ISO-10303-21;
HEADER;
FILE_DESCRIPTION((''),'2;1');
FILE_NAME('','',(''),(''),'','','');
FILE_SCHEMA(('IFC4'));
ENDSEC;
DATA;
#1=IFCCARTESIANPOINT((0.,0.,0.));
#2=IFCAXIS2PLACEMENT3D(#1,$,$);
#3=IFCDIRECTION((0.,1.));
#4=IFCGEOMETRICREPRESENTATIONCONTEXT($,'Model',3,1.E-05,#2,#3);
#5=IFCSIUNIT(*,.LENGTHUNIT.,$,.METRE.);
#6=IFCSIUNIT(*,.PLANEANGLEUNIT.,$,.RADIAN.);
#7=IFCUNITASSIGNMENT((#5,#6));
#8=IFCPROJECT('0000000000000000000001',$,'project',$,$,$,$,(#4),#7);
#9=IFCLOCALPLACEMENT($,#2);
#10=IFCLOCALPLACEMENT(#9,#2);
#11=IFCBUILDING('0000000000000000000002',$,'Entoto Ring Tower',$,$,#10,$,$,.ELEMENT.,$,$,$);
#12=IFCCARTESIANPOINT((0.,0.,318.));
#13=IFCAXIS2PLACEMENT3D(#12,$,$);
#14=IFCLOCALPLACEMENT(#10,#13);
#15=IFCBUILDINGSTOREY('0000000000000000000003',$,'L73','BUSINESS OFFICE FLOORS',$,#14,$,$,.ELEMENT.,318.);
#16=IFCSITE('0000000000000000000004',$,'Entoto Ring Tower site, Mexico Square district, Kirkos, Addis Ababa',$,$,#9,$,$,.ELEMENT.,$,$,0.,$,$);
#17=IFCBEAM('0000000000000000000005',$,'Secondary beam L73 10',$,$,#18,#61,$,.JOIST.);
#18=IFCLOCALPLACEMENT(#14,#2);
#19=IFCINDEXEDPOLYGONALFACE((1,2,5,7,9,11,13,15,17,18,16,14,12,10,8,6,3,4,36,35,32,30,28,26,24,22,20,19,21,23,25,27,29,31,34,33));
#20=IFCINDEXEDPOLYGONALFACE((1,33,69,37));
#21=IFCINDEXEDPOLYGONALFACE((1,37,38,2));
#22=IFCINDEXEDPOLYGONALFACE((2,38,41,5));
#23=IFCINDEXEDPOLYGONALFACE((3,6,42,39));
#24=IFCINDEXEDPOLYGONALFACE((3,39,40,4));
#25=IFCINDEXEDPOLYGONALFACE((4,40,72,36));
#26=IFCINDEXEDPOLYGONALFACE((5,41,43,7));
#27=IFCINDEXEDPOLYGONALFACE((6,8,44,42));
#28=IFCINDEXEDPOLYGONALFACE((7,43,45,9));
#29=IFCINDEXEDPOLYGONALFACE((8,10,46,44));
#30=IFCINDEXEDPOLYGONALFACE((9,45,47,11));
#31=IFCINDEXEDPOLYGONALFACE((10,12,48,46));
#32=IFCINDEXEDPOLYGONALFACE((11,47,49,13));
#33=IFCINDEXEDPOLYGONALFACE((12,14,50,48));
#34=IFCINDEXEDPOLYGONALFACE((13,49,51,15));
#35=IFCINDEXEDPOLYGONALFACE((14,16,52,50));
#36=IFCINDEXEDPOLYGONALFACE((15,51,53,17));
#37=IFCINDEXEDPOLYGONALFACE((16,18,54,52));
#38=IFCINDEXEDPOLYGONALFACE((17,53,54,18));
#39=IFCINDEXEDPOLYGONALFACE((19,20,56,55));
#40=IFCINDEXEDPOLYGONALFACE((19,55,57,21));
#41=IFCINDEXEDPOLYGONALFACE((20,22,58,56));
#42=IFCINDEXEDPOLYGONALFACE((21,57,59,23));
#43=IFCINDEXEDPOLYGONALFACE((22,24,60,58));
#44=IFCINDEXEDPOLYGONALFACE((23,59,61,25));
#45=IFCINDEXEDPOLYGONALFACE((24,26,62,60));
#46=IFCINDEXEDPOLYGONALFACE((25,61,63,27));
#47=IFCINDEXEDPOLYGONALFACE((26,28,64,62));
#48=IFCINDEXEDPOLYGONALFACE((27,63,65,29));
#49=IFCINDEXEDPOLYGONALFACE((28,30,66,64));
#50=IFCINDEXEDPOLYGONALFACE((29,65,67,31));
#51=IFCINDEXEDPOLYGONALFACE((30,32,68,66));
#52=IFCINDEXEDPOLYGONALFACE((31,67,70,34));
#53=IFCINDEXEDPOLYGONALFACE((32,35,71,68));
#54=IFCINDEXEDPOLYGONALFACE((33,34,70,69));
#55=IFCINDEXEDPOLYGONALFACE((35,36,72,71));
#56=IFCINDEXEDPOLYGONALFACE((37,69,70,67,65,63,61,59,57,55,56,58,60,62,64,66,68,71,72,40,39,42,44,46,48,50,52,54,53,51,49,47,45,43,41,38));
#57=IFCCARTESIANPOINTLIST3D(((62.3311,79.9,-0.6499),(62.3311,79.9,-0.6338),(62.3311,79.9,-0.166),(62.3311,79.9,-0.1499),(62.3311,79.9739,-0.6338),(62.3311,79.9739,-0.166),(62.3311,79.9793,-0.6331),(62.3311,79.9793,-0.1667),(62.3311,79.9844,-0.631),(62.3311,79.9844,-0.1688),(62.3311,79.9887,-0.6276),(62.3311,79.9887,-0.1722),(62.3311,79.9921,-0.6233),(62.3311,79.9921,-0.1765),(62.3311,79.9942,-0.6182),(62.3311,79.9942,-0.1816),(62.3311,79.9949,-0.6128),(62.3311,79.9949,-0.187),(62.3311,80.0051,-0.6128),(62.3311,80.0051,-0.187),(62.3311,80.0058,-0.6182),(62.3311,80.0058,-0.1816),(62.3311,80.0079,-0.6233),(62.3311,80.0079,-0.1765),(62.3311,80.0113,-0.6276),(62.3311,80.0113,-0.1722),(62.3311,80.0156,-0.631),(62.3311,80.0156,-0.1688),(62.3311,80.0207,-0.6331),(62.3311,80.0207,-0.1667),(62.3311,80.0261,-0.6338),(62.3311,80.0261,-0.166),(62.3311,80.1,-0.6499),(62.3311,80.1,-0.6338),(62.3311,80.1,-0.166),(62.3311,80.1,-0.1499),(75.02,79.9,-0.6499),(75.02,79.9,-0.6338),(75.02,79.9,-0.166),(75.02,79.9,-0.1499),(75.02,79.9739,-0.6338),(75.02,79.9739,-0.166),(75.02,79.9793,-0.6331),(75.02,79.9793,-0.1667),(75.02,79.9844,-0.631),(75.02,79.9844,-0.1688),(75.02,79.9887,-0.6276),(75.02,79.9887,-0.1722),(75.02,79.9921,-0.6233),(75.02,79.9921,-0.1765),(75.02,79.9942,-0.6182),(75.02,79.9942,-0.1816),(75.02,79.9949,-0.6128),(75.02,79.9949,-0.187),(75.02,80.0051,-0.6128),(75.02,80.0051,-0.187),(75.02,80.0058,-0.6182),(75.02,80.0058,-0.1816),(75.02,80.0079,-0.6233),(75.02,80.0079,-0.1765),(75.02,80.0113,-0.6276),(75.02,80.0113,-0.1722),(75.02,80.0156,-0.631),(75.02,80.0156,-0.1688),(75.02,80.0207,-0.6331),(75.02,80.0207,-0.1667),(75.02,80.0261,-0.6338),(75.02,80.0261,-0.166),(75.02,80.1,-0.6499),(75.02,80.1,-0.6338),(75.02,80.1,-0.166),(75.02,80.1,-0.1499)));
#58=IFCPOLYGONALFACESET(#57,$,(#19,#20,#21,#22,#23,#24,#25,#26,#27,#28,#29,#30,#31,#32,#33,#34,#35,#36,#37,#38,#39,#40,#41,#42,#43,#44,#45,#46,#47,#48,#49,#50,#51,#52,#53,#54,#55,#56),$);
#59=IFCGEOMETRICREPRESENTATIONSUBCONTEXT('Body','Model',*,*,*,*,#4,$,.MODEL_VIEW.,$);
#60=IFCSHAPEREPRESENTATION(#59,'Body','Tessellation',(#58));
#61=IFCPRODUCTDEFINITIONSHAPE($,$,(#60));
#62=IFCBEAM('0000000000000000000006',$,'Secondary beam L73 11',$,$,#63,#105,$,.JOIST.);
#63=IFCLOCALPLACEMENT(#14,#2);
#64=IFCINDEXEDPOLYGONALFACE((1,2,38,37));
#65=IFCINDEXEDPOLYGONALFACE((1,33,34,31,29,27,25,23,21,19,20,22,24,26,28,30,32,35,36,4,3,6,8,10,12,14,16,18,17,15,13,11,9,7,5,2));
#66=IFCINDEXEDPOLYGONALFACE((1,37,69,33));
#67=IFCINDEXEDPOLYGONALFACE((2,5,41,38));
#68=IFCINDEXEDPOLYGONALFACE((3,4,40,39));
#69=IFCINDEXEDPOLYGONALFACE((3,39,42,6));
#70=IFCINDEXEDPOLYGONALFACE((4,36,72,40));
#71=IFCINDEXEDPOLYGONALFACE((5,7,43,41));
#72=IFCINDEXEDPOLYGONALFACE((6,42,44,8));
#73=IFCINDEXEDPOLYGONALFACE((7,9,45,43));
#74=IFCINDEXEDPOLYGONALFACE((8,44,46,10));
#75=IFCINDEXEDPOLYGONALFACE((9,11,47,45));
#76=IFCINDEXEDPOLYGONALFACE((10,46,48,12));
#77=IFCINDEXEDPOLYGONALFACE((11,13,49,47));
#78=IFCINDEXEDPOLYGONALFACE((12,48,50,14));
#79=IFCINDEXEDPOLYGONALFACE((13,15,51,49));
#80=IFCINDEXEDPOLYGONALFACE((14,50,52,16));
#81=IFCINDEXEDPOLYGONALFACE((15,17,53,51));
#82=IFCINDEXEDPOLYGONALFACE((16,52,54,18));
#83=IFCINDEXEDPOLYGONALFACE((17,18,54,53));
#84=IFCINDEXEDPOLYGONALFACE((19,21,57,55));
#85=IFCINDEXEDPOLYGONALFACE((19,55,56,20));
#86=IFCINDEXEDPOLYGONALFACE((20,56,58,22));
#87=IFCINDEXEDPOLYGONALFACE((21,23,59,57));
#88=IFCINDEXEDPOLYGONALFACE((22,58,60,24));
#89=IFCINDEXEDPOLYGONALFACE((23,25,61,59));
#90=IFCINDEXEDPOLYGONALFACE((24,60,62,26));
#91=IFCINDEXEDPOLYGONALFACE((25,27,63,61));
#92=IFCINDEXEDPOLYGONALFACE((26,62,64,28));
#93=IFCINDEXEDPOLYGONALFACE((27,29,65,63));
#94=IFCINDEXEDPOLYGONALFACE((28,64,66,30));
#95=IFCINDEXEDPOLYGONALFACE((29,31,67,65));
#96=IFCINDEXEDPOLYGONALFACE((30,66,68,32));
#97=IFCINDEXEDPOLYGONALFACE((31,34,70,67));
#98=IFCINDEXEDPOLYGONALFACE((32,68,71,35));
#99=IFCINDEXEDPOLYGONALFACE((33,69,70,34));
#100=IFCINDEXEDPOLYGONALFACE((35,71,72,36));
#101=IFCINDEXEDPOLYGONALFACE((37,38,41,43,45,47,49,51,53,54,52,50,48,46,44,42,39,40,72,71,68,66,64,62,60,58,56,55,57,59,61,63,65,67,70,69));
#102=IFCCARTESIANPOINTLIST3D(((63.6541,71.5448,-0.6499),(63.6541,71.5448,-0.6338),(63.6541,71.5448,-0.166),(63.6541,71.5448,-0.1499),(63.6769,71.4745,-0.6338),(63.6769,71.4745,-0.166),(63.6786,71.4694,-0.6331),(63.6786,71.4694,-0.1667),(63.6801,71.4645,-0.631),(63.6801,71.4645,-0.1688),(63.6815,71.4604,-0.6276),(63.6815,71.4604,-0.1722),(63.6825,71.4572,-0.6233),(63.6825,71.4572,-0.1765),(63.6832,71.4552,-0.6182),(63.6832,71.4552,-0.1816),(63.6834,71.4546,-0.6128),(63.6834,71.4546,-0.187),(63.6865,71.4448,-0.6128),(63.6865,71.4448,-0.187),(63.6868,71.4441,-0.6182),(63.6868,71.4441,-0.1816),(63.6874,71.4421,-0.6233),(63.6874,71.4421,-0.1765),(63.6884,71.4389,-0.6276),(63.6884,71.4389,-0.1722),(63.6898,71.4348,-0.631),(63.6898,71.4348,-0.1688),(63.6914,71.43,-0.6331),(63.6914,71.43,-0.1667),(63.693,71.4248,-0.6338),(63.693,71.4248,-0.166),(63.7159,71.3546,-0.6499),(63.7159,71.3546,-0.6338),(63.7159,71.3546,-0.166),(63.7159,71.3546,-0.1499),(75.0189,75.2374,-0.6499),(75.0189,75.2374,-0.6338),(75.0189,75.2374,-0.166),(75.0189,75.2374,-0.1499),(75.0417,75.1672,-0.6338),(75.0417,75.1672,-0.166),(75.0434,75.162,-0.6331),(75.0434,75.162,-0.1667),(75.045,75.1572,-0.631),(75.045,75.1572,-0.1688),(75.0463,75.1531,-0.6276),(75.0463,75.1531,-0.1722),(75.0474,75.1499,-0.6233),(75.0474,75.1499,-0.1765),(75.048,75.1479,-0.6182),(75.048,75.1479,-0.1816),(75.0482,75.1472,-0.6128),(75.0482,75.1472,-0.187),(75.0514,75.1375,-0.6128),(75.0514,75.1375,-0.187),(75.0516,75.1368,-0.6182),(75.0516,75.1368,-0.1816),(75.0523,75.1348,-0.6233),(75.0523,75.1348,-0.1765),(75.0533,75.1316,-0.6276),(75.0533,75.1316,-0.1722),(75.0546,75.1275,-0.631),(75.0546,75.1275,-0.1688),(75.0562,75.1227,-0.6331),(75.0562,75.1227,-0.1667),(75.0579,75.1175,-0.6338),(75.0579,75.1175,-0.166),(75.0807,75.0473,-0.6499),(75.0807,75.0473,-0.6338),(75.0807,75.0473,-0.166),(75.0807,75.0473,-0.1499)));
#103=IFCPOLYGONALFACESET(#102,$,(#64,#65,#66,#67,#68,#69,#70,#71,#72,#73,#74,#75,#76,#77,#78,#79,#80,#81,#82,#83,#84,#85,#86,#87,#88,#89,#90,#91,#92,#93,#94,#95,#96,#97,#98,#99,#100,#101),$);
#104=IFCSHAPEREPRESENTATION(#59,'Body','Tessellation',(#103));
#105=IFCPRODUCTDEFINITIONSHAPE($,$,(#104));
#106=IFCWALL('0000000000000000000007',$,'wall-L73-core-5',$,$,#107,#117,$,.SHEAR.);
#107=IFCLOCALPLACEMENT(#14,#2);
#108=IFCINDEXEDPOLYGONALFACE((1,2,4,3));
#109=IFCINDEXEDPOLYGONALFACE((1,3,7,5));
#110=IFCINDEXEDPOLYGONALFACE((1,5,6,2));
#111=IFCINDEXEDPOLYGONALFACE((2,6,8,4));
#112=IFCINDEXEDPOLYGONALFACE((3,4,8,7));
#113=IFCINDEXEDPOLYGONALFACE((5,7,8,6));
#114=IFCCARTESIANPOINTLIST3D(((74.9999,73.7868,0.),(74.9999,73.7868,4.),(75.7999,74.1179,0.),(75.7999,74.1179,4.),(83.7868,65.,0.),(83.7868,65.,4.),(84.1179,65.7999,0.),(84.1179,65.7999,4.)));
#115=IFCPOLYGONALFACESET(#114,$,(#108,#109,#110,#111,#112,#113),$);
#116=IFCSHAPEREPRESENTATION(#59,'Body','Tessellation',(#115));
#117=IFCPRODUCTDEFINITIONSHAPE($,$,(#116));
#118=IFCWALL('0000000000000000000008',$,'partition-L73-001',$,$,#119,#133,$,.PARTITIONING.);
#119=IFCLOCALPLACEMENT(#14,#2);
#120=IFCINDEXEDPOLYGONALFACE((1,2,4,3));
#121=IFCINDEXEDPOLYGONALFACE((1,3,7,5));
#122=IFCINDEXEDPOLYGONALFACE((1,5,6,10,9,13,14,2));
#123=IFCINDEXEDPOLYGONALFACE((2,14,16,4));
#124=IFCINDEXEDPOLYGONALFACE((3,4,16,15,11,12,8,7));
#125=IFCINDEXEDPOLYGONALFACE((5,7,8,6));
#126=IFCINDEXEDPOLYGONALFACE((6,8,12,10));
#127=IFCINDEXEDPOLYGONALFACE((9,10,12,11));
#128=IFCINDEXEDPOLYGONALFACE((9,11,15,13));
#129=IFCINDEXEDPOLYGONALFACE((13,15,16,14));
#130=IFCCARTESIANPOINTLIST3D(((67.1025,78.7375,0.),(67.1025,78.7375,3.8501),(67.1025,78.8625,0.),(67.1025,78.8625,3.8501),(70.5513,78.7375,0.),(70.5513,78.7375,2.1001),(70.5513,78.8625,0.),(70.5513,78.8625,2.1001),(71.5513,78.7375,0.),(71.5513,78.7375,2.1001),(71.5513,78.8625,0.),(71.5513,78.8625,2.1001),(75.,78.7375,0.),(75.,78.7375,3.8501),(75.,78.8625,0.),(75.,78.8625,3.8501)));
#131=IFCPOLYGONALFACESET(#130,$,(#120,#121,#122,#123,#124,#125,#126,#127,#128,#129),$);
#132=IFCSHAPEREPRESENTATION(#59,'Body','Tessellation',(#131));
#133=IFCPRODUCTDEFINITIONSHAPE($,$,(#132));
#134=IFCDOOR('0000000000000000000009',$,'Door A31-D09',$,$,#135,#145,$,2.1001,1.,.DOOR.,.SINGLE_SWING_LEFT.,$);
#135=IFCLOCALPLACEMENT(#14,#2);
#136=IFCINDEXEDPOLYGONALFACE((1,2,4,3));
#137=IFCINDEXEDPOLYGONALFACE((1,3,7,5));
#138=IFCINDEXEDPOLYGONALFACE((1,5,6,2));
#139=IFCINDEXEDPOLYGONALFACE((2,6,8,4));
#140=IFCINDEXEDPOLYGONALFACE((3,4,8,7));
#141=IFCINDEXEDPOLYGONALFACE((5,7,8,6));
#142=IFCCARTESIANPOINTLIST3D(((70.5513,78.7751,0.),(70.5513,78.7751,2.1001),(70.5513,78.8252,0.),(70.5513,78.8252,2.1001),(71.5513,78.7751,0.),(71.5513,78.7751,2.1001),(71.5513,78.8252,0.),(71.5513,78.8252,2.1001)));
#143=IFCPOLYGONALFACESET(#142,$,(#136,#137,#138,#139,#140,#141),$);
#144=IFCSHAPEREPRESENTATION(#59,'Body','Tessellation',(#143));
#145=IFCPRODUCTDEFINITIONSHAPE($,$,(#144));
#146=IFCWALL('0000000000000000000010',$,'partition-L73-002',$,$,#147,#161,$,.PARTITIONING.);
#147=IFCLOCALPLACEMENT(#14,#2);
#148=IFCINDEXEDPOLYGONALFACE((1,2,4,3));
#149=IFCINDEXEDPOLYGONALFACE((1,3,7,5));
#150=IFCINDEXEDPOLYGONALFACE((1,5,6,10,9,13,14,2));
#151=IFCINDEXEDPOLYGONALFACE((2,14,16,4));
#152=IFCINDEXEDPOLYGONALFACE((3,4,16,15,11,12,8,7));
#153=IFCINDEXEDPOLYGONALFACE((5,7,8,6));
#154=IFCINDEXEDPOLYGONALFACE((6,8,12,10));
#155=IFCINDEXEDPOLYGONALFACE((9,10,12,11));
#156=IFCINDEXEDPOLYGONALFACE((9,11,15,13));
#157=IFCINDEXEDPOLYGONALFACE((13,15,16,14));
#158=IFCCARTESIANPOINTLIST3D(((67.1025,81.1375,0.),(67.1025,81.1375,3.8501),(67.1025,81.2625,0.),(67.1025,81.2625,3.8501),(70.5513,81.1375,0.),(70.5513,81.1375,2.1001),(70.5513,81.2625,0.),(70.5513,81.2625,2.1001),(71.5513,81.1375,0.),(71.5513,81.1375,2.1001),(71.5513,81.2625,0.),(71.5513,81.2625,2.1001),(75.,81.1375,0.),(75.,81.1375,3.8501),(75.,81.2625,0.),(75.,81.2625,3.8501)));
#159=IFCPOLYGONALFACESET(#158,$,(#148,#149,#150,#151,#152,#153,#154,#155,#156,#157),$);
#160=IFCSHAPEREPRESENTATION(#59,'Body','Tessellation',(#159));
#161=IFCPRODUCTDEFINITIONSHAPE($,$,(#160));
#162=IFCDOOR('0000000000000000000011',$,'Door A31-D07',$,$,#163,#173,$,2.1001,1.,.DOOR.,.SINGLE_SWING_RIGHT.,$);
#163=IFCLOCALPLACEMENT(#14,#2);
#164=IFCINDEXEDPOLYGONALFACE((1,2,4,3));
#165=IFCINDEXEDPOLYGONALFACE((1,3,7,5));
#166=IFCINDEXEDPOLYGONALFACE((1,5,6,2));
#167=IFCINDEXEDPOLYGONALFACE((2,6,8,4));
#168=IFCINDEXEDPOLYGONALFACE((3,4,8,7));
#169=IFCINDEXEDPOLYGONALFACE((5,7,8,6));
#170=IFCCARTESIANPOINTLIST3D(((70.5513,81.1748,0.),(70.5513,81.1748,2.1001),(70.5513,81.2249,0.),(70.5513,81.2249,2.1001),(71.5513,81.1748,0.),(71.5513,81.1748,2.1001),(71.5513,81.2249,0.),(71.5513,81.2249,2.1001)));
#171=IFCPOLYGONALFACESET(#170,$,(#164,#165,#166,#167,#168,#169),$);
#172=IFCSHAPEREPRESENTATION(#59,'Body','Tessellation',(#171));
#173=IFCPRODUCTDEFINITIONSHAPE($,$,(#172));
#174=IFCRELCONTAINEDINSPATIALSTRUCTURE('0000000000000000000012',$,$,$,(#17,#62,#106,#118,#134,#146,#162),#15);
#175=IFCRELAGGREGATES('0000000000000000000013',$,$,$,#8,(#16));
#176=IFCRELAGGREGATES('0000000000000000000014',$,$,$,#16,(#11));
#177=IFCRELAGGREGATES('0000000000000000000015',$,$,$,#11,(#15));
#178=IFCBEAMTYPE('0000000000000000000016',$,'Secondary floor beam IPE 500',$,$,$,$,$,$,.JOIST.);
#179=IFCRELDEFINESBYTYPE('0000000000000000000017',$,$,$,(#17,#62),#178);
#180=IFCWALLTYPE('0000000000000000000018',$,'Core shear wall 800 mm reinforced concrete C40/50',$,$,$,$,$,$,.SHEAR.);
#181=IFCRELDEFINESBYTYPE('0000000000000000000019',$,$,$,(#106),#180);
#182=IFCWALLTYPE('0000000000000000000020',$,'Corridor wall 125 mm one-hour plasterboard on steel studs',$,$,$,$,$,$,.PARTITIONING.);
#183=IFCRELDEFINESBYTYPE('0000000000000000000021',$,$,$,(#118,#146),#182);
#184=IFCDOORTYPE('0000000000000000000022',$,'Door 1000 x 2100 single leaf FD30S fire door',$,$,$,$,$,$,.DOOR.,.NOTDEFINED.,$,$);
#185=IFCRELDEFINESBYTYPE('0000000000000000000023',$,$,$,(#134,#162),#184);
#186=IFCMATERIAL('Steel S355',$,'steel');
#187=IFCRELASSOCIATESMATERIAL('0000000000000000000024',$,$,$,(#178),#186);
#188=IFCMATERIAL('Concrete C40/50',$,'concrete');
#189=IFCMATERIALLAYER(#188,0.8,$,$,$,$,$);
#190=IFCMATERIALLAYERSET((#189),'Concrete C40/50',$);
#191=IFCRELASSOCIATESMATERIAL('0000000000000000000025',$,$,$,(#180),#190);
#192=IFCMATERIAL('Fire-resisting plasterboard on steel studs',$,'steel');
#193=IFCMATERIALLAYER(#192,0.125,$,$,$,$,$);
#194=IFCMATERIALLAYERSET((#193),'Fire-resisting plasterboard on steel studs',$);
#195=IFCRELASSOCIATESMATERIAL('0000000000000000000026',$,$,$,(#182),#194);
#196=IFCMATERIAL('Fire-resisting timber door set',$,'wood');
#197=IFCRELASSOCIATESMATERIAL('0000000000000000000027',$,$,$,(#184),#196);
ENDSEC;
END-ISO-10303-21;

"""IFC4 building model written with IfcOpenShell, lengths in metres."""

from ifc_helpers import new_model, si_unit, direction, frame, frame_2d, origin, origin_2d, place, context, subcontext, project, spatial, polyline, rectangle, i_section, outline, extrude, material, layer, layer_set, material_profile, profile_set, type_object, element, fill, save


model = new_model("IFC4")

# Units and contexts
model_context = context("Model", 3, precision=1e-05, world=origin(), true_north=direction((0.0, 1.0)))
body_context = subcontext(model_context, "Body", "Model", "MODEL_VIEW")
ifc_project = project(units=[si_unit("LENGTHUNIT", "METRE"), si_unit("PLANEANGLEUNIT", "RADIAN")], contexts=[model_context])

# Site, building, storey
site_placement = place(None, origin())
site = spatial("IfcSite", under=ifc_project, at=site_placement, Name="Entoto Ring Tower site, Mexico Square district, Kirkos, Addis Ababa", CompositionType="ELEMENT", RefElevation=0.0)
building_placement = place(site_placement, origin())
building = spatial("IfcBuilding", under=site, at=building_placement, Name="Entoto Ring Tower", CompositionType="ELEMENT")
storey_placement = place(building_placement, frame((0.0, 0.0, 318.0)))
storey = spatial("IfcBuildingStorey", under=building, at=storey_placement, Name="L73", Description="BUSINESS OFFICE FLOORS", CompositionType="ELEMENT", Elevation=318.0)

# Beams
ifc_material_1 = material(Name="Steel S355", Category="steel")
ifc_material_profile_1 = material_profile(ifc_material_1, i_section(OverallWidth=0.2, OverallDepth=0.5, WebThickness=0.0103, FlangeThickness=0.0161, FilletRadius=0.021, at=origin_2d()), Name="IPE 500")
ifc_profile_set_1 = profile_set([ifc_material_profile_1], Name="Steel S355")
beam_type_1 = type_object("IfcBeamType", Name="Secondary floor beam IPE 500", PredefinedType="JOIST", material=ifc_profile_set_1)
beam_1_placement = place(storey_placement, frame((75.02, 80.0, -0.3999), z_axis=(-1.0, 0.0, 0.0), x_axis=(0.0, -1.0, 0.0)))
element("IfcBeam", 1, at=beam_1_placement, inside=storey, type_object=beam_type_1, Name="Secondary beam L73 10", PredefinedType="JOIST", context=body_context, shape_type="SweptSolid", body=[
    extrude(i_section(OverallWidth=0.2, OverallDepth=0.5, WebThickness=0.0103, FlangeThickness=0.0161, FilletRadius=0.021, at=origin_2d()), origin(), (0.0, 0.0, 1.0), 12.689),
])
beam_2_placement = place(storey_placement, frame((75.0498, 75.1423, -0.3999), z_axis=(-0.951057, -0.309017, 0.0), x_axis=(0.309017, -0.951057, 0.0)))
element("IfcBeam", 2, at=beam_2_placement, inside=storey, type_object=beam_type_1, Name="Secondary beam L73 11", PredefinedType="JOIST", context=body_context, shape_type="SweptSolid", body=[
    extrude(i_section(OverallWidth=0.2, OverallDepth=0.5, WebThickness=0.0103, FlangeThickness=0.0161, FilletRadius=0.021, at=origin_2d()), origin(), (0.0, 0.0, 1.0), 11.9497),
])

# Wall
ifc_material_2 = material(Name="Concrete C40/50", Category="concrete")
ifc_layer_1 = layer(ifc_material_2, 0.8)
ifc_layer_set_1 = layer_set([ifc_layer_1], Name="Concrete C40/50")
wall_type_1 = type_object("IfcWallType", Name="Core shear wall 800 mm reinforced concrete C40/50", PredefinedType="SHEAR", material=ifc_layer_set_1)
wall_1_placement = place(storey_placement, frame((75.3999, 73.9524, 0.0), z_axis=(0.0, 0.0, 1.0), x_axis=(0.707107, -0.707107, 0.0)))
element("IfcWall", 3, at=wall_1_placement, inside=storey, type_object=wall_type_1, Name="wall-L73-core-5", PredefinedType="SHEAR", context=body_context, shape_type="SweptSolid", body=[
    extrude(outline(polyline([(-0.1658, -0.3999), (12.2607, -0.3999), (11.9292, 0.3999), (0.1658, 0.3999), (-0.1658, -0.3999)])), origin(), (0.0, 0.0, 1.0), 4.0),
])

# Walls, openings, doors
ifc_material_3 = material(Name="Fire-resisting plasterboard on steel studs", Category="steel")
ifc_layer_2 = layer(ifc_material_3, 0.125)
ifc_layer_set_2 = layer_set([ifc_layer_2], Name="Fire-resisting plasterboard on steel studs")
wall_type_2 = type_object("IfcWallType", Name="Corridor wall 125 mm one-hour plasterboard on steel studs", PredefinedType="PARTITIONING", material=ifc_layer_set_2)
wall_2_placement = place(storey_placement, frame((67.1025, 78.8, 0.0), z_axis=(0.0, 0.0, 1.0), x_axis=(1.0, 0.0, 0.0)))
wall_2 = element("IfcWall", 4, at=wall_2_placement, inside=storey, type_object=wall_type_2, Name="partition-L73-001", PredefinedType="PARTITIONING", context=body_context, shape_type="SweptSolid", body=[
    extrude(rectangle(XDim=7.8975, YDim=0.125, at=frame_2d((3.9487, 0.0))), origin(), (0.0, 0.0, 1.0), 3.8501),
])
opening_1_placement = place(wall_2_placement, frame((3.4487, 0.0, 0.0)))
opening_1 = element("IfcOpeningElement", 5, at=opening_1_placement, cuts=wall_2, PredefinedType="OPENING", context=body_context, shape_type="SweptSolid", body=[
    extrude(rectangle(XDim=1.0, YDim=2.1001, at=frame_2d((0.5, 1.05))), frame((0.0, 0.0725, 0.0), z_axis=(0.0, -1.0, 0.0), x_axis=(1.0, 0.0, 0.0)), (0.0, 0.0, 1.0), 0.145),
])
ifc_material_4 = material(Name="Fire-resisting timber door set", Category="wood")
door_type = type_object("IfcDoorType", Name="Door 1000 x 2100 single leaf FD30S fire door", OperationType="NOTDEFINED", PredefinedType="DOOR", material=ifc_material_4)
door_1_placement = place(opening_1_placement, frame((1.0, 0.0, 0.0), z_axis=(0.0, 0.0, 1.0), x_axis=(-1.0, 0.0, 0.0)))
door_1 = element("IfcDoor", 6, at=door_1_placement, inside=storey, type_object=door_type, Name="Door A31-D09", OperationType="SINGLE_SWING_LEFT", OverallHeight=2.1001, OverallWidth=1.0, PredefinedType="DOOR", context=body_context, shape_type="SweptSolid", body=[
    extrude(rectangle(XDim=1.0, YDim=2.1001, at=frame_2d((0.5, 1.05))), frame((0.0, 0.0249, 0.0), z_axis=(0.0, -1.0, 0.0), x_axis=(1.0, 0.0, 0.0)), (0.0, 0.0, 1.0), 0.05),
])
fill(opening_1, door_1)
wall_3_placement = place(storey_placement, frame((67.1025, 81.2, 0.0), z_axis=(0.0, 0.0, 1.0), x_axis=(1.0, 0.0, 0.0)))
wall_3 = element("IfcWall", 7, at=wall_3_placement, inside=storey, type_object=wall_type_2, Name="partition-L73-002", PredefinedType="PARTITIONING", context=body_context, shape_type="SweptSolid", body=[
    extrude(rectangle(XDim=7.8975, YDim=0.125, at=frame_2d((3.9487, 0.0))), origin(), (0.0, 0.0, 1.0), 3.8501),
])
opening_2_placement = place(wall_3_placement, frame((3.4487, 0.0, 0.0)))
opening_2 = element("IfcOpeningElement", 8, at=opening_2_placement, cuts=wall_3, PredefinedType="OPENING", context=body_context, shape_type="SweptSolid", body=[
    extrude(rectangle(XDim=1.0, YDim=2.1001, at=frame_2d((0.5, 1.05))), frame((0.0, 0.0725, 0.0), z_axis=(0.0, -1.0, 0.0), x_axis=(1.0, 0.0, 0.0)), (0.0, 0.0, 1.0), 0.145),
])
door_2_placement = place(opening_2_placement, origin())
door_2 = element("IfcDoor", 9, at=door_2_placement, inside=storey, type_object=door_type, Name="Door A31-D07", OperationType="SINGLE_SWING_RIGHT", OverallHeight=2.1001, OverallWidth=1.0, PredefinedType="DOOR", context=body_context, shape_type="SweptSolid", body=[
    extrude(rectangle(XDim=1.0, YDim=2.1001, at=frame_2d((0.5, 1.05))), frame((0.0, 0.0249, 0.0), z_axis=(0.0, -1.0, 0.0), x_axis=(1.0, 0.0, 0.0)), (0.0, 0.0, 1.0), 0.05),
])
fill(opening_2, door_2)

save(model, "model.ifc")
